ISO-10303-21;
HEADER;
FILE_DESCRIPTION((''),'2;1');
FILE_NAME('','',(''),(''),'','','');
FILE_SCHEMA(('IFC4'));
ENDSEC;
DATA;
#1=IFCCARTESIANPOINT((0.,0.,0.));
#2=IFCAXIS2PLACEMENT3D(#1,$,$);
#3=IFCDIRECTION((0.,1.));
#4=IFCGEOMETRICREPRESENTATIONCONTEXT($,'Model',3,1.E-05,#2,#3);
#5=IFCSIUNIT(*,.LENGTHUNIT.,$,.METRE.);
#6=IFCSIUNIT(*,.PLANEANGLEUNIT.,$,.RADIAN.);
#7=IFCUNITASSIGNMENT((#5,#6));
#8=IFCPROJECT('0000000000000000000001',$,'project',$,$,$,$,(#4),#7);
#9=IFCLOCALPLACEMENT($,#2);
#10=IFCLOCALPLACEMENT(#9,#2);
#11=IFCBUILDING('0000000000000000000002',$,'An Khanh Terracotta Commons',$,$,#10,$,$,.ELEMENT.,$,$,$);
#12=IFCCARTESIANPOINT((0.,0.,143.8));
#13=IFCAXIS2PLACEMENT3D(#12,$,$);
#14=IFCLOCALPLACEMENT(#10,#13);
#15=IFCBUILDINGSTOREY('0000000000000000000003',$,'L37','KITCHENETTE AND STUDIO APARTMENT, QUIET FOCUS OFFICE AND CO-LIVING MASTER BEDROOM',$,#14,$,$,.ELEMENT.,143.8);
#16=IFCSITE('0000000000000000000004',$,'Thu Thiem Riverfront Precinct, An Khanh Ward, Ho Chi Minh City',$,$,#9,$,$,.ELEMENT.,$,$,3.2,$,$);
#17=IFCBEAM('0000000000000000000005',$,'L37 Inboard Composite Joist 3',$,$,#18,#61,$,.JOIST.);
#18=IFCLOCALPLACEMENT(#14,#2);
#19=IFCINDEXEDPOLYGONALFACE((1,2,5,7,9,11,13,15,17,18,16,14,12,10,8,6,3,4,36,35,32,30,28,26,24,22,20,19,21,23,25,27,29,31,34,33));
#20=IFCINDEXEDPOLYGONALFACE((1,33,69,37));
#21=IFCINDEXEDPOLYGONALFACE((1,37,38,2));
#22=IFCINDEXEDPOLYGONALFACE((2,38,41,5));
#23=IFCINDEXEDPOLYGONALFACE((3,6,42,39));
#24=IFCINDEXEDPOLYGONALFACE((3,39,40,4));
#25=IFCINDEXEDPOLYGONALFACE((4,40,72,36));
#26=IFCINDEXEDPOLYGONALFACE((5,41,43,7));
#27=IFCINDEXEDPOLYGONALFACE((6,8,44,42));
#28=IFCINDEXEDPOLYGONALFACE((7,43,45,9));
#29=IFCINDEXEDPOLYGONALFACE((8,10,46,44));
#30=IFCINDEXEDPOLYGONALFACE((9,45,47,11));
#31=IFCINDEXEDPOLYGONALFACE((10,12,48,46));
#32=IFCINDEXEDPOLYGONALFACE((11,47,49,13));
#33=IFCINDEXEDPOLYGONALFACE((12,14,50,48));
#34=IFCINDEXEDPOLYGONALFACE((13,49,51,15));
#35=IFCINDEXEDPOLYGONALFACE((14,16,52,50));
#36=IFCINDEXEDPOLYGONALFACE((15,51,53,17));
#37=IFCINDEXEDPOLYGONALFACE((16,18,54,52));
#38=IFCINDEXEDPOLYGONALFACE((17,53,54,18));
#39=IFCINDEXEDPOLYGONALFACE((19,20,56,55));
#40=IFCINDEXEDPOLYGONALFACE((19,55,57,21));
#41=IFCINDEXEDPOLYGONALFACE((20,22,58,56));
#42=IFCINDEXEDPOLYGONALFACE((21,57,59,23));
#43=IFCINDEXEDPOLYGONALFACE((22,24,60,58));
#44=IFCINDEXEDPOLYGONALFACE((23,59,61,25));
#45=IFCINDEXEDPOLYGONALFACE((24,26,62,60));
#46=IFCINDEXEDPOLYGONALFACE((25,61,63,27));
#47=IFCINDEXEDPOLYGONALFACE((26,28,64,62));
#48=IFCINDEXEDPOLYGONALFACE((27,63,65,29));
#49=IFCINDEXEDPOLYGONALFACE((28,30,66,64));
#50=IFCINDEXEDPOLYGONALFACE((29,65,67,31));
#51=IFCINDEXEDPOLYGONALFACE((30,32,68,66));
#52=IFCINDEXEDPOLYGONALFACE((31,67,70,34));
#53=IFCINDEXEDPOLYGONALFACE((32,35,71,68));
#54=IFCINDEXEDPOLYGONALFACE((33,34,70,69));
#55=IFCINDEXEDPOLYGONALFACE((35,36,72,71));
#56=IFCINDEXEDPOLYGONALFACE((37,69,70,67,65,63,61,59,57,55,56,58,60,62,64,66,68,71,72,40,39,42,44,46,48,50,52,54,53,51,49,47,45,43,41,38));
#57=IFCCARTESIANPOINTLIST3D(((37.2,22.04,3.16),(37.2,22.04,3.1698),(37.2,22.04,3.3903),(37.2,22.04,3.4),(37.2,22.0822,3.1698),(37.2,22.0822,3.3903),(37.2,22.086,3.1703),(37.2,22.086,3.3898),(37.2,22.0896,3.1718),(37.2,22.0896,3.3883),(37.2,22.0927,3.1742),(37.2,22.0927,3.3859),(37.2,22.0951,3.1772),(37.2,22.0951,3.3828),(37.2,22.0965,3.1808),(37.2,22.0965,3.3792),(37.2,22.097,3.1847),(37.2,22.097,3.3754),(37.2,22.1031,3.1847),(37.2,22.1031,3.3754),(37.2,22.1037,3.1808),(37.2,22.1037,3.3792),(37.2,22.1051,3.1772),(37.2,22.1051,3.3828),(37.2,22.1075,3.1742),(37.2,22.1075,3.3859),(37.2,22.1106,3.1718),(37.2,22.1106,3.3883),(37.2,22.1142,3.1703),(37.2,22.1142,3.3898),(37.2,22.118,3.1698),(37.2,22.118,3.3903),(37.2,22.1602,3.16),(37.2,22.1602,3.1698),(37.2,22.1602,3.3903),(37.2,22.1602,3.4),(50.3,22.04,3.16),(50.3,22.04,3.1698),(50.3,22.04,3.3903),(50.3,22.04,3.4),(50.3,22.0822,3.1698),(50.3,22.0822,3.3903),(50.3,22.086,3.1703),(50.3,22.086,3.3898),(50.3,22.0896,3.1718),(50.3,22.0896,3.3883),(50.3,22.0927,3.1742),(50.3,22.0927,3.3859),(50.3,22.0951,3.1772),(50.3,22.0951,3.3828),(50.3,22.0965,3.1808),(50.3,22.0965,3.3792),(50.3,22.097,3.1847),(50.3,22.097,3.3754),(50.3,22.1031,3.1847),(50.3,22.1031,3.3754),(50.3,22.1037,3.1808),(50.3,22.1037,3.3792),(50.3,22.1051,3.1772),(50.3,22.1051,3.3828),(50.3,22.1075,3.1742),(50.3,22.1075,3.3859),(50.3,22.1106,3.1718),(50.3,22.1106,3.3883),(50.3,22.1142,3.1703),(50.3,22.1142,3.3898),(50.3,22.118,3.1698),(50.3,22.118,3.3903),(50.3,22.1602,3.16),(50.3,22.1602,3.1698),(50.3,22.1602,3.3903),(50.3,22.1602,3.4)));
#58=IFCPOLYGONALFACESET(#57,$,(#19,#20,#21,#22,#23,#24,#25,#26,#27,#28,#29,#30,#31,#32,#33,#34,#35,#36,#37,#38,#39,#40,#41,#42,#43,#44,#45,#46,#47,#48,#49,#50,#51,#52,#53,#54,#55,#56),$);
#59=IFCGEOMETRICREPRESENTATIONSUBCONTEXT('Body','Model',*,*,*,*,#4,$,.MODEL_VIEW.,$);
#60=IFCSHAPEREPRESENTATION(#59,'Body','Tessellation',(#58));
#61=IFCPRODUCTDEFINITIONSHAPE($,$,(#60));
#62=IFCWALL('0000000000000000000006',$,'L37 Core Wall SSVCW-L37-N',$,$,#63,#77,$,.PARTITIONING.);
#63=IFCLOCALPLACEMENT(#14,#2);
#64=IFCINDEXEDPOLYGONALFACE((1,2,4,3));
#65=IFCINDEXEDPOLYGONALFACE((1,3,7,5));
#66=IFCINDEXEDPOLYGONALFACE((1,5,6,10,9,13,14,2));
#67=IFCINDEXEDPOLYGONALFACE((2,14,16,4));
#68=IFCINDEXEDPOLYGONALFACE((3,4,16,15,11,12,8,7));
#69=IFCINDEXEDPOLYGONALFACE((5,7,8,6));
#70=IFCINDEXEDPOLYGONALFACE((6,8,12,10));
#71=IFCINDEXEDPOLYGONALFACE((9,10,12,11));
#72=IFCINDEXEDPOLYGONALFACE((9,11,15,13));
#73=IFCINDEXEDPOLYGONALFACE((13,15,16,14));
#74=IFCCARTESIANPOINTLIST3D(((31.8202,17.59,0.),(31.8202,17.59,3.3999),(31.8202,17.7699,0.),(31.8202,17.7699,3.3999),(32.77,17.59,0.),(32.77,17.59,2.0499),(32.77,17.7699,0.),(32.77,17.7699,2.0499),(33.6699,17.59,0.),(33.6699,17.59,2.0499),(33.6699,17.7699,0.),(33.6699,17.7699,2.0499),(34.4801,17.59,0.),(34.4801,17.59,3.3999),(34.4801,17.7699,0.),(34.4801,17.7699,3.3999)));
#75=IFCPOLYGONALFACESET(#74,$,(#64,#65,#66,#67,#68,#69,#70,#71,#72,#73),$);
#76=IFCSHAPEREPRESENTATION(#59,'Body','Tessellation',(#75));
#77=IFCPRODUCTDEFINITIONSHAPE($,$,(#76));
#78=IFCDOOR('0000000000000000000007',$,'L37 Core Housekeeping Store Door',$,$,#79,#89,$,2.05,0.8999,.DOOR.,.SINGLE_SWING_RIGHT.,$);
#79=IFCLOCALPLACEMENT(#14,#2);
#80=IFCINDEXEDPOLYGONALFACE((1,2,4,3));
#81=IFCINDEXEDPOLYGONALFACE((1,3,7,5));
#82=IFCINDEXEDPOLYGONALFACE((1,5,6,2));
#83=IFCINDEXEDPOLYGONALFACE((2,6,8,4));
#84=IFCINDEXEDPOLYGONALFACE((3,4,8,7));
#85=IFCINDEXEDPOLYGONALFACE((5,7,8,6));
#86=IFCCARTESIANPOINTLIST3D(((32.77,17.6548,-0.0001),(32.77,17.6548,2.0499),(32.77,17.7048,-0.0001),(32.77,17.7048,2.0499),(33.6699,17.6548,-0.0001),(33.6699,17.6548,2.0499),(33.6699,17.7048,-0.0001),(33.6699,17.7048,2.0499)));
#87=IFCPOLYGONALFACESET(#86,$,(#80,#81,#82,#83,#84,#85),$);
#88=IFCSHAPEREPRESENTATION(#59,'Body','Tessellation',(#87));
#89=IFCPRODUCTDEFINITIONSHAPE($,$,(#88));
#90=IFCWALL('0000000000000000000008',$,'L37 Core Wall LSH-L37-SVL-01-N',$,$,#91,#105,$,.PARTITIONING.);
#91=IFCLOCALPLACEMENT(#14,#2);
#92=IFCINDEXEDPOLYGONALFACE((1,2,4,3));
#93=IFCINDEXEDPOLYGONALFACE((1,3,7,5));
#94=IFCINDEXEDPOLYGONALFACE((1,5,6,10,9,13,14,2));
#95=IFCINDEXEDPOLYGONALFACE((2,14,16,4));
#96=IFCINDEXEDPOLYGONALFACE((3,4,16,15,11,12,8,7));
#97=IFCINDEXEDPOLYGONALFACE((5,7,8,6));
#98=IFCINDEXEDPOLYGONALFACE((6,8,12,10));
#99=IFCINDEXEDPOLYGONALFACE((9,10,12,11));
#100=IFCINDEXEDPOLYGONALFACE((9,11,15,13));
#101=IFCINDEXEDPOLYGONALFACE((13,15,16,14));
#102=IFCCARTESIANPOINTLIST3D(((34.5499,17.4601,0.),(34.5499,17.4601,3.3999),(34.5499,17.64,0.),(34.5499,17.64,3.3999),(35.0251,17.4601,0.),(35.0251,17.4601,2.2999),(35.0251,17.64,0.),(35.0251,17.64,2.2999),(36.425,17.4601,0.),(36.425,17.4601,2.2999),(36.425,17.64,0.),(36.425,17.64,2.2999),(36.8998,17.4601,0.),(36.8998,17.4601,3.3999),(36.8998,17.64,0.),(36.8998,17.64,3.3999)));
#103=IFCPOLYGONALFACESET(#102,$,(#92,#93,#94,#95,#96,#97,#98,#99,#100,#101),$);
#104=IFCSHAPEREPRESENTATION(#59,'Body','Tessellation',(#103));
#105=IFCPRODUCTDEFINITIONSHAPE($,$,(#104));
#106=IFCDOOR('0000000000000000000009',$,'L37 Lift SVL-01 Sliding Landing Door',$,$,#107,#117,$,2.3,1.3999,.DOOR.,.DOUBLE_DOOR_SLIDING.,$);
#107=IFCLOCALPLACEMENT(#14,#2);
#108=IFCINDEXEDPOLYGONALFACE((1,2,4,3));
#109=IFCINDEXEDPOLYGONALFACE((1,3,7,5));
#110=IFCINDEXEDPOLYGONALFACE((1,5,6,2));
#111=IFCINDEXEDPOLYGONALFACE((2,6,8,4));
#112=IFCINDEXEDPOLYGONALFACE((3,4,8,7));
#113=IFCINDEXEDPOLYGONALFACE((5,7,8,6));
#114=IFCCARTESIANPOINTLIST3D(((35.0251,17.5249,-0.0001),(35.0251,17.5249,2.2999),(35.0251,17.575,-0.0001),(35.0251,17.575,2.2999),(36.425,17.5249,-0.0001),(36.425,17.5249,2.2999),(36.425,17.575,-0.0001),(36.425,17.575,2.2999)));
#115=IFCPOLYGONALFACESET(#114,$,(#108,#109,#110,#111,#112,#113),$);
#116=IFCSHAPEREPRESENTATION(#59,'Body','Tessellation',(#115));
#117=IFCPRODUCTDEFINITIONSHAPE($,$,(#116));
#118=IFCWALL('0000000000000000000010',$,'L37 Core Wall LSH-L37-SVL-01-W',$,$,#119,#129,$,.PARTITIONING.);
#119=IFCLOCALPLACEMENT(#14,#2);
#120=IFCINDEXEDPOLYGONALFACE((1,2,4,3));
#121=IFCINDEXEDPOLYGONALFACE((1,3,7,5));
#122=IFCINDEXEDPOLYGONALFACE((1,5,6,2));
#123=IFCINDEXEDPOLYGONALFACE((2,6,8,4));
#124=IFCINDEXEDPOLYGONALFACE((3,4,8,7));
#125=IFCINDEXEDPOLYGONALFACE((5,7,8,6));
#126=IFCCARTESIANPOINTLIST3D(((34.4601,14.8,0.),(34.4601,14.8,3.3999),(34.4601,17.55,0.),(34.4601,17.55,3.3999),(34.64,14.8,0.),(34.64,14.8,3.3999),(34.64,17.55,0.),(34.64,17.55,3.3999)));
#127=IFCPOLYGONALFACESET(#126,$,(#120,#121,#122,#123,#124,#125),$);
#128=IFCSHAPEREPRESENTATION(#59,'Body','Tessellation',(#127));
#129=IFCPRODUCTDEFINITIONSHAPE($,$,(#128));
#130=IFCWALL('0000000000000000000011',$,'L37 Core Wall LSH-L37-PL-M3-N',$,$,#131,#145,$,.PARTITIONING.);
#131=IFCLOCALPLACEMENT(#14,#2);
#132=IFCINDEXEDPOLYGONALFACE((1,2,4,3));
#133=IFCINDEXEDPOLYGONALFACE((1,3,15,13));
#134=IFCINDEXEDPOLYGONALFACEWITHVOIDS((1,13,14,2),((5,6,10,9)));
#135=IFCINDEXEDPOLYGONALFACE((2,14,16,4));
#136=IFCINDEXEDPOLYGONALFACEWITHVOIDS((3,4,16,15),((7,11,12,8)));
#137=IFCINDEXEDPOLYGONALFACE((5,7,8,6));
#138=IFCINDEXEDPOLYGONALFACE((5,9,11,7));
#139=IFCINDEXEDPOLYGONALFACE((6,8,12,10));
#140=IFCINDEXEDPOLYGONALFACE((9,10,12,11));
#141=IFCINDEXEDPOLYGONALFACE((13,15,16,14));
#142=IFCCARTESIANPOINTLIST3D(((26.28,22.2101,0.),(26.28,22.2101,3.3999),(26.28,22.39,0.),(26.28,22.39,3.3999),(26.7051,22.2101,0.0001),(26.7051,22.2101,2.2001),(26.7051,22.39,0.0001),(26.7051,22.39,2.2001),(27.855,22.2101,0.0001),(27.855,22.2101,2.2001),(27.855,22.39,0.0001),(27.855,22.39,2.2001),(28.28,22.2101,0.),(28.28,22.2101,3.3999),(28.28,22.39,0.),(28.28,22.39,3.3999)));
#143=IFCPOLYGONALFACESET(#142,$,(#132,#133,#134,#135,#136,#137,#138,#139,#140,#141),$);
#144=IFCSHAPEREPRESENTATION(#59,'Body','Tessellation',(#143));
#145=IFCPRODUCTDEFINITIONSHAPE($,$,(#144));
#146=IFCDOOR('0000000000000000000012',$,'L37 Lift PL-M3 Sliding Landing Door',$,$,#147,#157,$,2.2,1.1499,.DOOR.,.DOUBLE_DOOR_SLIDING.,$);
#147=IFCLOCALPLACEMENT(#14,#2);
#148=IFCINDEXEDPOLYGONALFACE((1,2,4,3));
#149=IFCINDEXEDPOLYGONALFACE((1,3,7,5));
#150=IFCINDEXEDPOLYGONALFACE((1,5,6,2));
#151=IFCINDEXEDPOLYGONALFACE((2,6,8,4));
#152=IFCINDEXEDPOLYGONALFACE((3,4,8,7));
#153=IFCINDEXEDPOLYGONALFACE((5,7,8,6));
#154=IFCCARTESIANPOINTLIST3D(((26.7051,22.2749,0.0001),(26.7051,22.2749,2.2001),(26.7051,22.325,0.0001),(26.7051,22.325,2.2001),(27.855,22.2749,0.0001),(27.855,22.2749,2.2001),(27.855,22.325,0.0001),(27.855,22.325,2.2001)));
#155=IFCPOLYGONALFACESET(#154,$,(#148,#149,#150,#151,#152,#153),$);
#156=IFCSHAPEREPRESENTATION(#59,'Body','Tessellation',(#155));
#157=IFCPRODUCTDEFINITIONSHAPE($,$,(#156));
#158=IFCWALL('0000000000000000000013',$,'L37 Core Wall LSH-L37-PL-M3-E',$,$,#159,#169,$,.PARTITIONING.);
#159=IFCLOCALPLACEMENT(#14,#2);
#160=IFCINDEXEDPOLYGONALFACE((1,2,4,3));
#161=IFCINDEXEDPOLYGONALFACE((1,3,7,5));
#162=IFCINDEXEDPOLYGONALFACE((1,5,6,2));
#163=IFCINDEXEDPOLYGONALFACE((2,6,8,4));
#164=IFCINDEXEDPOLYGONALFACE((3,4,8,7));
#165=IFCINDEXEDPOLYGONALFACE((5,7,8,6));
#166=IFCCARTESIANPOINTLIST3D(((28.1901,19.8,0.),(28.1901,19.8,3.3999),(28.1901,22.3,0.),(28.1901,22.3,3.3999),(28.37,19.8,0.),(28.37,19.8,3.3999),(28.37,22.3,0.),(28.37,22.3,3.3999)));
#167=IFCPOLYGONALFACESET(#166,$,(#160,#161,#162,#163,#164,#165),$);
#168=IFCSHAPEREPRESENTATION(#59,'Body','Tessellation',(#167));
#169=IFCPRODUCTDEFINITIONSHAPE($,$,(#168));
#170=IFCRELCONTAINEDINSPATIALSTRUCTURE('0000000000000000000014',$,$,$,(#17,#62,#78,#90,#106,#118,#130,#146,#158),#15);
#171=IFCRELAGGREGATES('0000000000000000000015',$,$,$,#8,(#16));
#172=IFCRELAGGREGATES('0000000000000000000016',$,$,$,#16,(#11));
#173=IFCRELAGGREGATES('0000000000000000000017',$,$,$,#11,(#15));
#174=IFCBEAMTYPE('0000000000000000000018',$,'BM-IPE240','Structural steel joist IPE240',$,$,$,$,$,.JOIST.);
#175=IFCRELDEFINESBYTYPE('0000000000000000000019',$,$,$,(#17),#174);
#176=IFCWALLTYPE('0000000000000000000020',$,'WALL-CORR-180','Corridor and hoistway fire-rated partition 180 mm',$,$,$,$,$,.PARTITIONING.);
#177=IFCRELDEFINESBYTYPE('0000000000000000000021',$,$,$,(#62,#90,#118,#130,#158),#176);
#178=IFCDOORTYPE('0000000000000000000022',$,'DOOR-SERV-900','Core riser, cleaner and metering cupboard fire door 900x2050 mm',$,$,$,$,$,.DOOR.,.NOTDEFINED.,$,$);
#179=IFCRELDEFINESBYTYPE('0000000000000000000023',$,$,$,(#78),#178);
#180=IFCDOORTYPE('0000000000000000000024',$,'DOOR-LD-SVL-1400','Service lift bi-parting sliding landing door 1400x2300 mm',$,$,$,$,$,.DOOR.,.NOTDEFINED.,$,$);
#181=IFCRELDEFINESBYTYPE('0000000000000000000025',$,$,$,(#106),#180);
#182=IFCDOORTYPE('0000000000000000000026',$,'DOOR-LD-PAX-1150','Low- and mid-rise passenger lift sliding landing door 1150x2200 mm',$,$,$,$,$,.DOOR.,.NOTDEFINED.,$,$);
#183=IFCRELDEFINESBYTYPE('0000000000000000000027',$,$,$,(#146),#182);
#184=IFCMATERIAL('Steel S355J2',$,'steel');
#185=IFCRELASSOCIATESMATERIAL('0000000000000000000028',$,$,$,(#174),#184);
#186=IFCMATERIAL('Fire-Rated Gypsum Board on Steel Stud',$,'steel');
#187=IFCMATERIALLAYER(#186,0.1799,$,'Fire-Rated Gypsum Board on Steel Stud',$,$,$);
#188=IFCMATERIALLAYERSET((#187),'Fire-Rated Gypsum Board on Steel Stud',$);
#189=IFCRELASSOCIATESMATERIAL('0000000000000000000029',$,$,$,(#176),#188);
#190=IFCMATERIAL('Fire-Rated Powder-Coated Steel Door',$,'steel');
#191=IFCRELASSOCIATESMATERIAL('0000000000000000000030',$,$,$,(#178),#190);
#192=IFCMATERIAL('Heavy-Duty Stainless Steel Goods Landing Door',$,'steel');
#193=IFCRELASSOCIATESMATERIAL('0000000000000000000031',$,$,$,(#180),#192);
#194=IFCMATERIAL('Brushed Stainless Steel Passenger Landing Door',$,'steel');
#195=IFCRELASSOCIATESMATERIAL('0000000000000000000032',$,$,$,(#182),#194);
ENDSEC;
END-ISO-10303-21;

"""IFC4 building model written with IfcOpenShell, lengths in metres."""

from ifc_helpers import new_model, si_unit, direction, frame, frame_2d, origin, origin_2d, place, context, subcontext, project, spatial, rectangle, i_section, extrude, material, layer, layer_set, material_profile, profile_set, type_object, element, fill, save


model = new_model("IFC4")

# Units and contexts
model_context = context("Model", 3, precision=1e-05, world=origin(), true_north=direction((0.0, 1.0)))
body_context = subcontext(model_context, "Body", "Model", "MODEL_VIEW")
ifc_project = project(units=[si_unit("LENGTHUNIT", "METRE"), si_unit("PLANEANGLEUNIT", "RADIAN")], contexts=[model_context])

# Site, building, storey
site_placement = place(None, origin())
site = spatial("IfcSite", under=ifc_project, at=site_placement, Name="Thu Thiem Riverfront Precinct, An Khanh Ward, Ho Chi Minh City", CompositionType="ELEMENT", RefElevation=3.2)
building_placement = place(site_placement, origin())
building = spatial("IfcBuilding", under=site, at=building_placement, Name="An Khanh Terracotta Commons", CompositionType="ELEMENT")
storey_placement = place(building_placement, frame((0.0, 0.0, 143.8)))
storey = spatial("IfcBuildingStorey", under=building, at=storey_placement, Name="L37", Description="KITCHENETTE AND STUDIO APARTMENT, QUIET FOCUS OFFICE AND CO-LIVING MASTER BEDROOM", CompositionType="ELEMENT", Elevation=143.8)

# Beam
ifc_material_1 = material(Name="Steel S355J2", Category="steel")
ifc_material_profile_1 = material_profile(ifc_material_1, i_section(OverallWidth=0.1201, OverallDepth=0.24, WebThickness=0.0061, FlangeThickness=0.0098, FilletRadius=0.0149, at=origin_2d()), Name="IPE240")
ifc_profile_set_1 = profile_set([ifc_material_profile_1], Name="Steel S355J2")
beam_type_1 = type_object("IfcBeamType", Name="BM-IPE240", Description="Structural steel joist IPE240", PredefinedType="JOIST", material=ifc_profile_set_1)
for number, where, z_axis, x_axis, name in (
    (1, (37.2, 22.1001, 3.28), (1.0, 0.0, 0.0), (0.0, 1.0, 0.0), "L37 Inboard Composite Joist 3"),
):
    element("IfcBeam", number, at=place(storey_placement, frame(where, z_axis=z_axis, x_axis=x_axis)), inside=storey, type_object=beam_type_1, Name=name, PredefinedType="JOIST", context=body_context, shape_type="SweptSolid", body=[
        extrude(i_section(OverallWidth=0.1201, OverallDepth=0.24, WebThickness=0.0061, FlangeThickness=0.0098, FilletRadius=0.0149, at=origin_2d()), origin(), (0.0, 0.0, 1.0), 13.1001),
    ])

# Walls, openings, doors
ifc_material_2 = material(Name="Fire-Rated Gypsum Board on Steel Stud", Category="steel")
ifc_layer = layer(ifc_material_2, 0.1799, Name="Fire-Rated Gypsum Board on Steel Stud")
ifc_layer_set = layer_set([ifc_layer], Name="Fire-Rated Gypsum Board on Steel Stud")
wall_type = type_object("IfcWallType", Name="WALL-CORR-180", Description="Corridor and hoistway fire-rated partition 180 mm", PredefinedType="PARTITIONING", material=ifc_layer_set)
wall_1_placement = place(storey_placement, frame((31.8201, 17.6799, 0.0), z_axis=(0.0, 0.0, 1.0), x_axis=(1.0, 0.0, 0.0)))
wall_1 = element("IfcWall", 2, at=wall_1_placement, inside=storey, type_object=wall_type, Name="L37 Core Wall SSVCW-L37-N", PredefinedType="PARTITIONING", context=body_context, shape_type="SweptSolid", body=[
    extrude(rectangle(XDim=2.6599, YDim=0.1799, at=frame_2d((1.3301, 0.0))), origin(), (0.0, 0.0, 1.0), 3.3999),
])
opening_1_placement = place(wall_1_placement, frame((0.95, 0.0, 0.0)))
opening_1 = element("IfcOpeningElement", 3, at=opening_1_placement, cuts=wall_1, PredefinedType="OPENING", context=body_context, shape_type="SweptSolid", body=[
    extrude(rectangle(XDim=0.8999, YDim=2.05, at=frame_2d((0.45, 1.0249))), frame((0.0, 0.0999, 0.0), z_axis=(0.0, -1.0, 0.0), x_axis=(1.0, 0.0, 0.0)), (0.0, 0.0, 1.0), 0.2),
])
ifc_material_3 = material(Name="Fire-Rated Powder-Coated Steel Door", Category="steel")
door_type_1 = type_object("IfcDoorType", Name="DOOR-SERV-900", Description="Core riser, cleaner and metering cupboard fire door 900x2050 mm", OperationType="NOTDEFINED", PredefinedType="DOOR", material=ifc_material_3)
door_1_placement = place(opening_1_placement, origin())
door_1 = element("IfcDoor", 4, at=door_1_placement, inside=storey, type_object=door_type_1, Name="L37 Core Housekeeping Store Door", OperationType="SINGLE_SWING_RIGHT", OverallHeight=2.05, OverallWidth=0.8999, PredefinedType="DOOR", context=body_context, shape_type="SweptSolid", body=[
    extrude(rectangle(XDim=0.8999, YDim=2.05, at=frame_2d((0.45, 1.0249))), frame((0.0, 0.0249, 0.0), z_axis=(0.0, -1.0, 0.0), x_axis=(1.0, 0.0, 0.0)), (0.0, 0.0, 1.0), 0.05),
])
fill(opening_1, door_1)
wall_2_placement = place(storey_placement, frame((34.55, 17.55, 0.0), z_axis=(0.0, 0.0, 1.0), x_axis=(1.0, 0.0, 0.0)))
wall_2 = element("IfcWall", 5, at=wall_2_placement, inside=storey, type_object=wall_type, Name="L37 Core Wall LSH-L37-SVL-01-N", PredefinedType="PARTITIONING", context=body_context, shape_type="SweptSolid", body=[
    extrude(rectangle(XDim=2.3499, YDim=0.1799, at=frame_2d((1.1748, 0.0))), origin(), (0.0, 0.0, 1.0), 3.3999),
])
opening_2_placement = place(wall_2_placement, frame((0.4751, 0.0, 0.0)))
opening_2 = element("IfcOpeningElement", 6, at=opening_2_placement, cuts=wall_2, PredefinedType="OPENING", context=body_context, shape_type="SweptSolid", body=[
    extrude(rectangle(XDim=1.3999, YDim=2.3, at=frame_2d((0.7, 1.1499))), frame((0.0, 0.0999, 0.0), z_axis=(0.0, -1.0, 0.0), x_axis=(1.0, 0.0, 0.0)), (0.0, 0.0, 1.0), 0.2),
])
ifc_material_4 = material(Name="Heavy-Duty Stainless Steel Goods Landing Door", Category="steel")
door_type_2 = type_object("IfcDoorType", Name="DOOR-LD-SVL-1400", Description="Service lift bi-parting sliding landing door 1400x2300 mm", OperationType="NOTDEFINED", PredefinedType="DOOR", material=ifc_material_4)
door_2_placement = place(opening_2_placement, origin())
door_2 = element("IfcDoor", 7, at=door_2_placement, inside=storey, type_object=door_type_2, Name="L37 Lift SVL-01 Sliding Landing Door", OperationType="DOUBLE_DOOR_SLIDING", OverallHeight=2.3, OverallWidth=1.3999, PredefinedType="DOOR", context=body_context, shape_type="SweptSolid", body=[
    extrude(rectangle(XDim=1.3999, YDim=2.3, at=frame_2d((0.7, 1.1499))), frame((0.0, 0.0249, 0.0), z_axis=(0.0, -1.0, 0.0), x_axis=(1.0, 0.0, 0.0)), (0.0, 0.0, 1.0), 0.05),
])
fill(opening_2, door_2)

# Wall
wall_3_placement = place(storey_placement, frame((34.55, 17.55, 0.0), z_axis=(0.0, 0.0, 1.0), x_axis=(0.0, -1.0, 0.0)))
element("IfcWall", 8, at=wall_3_placement, inside=storey, type_object=wall_type, Name="L37 Core Wall LSH-L37-SVL-01-W", PredefinedType="PARTITIONING", context=body_context, shape_type="SweptSolid", body=[
    extrude(rectangle(XDim=2.75, YDim=0.1799, at=frame_2d((1.375, 0.0))), origin(), (0.0, 0.0, 1.0), 3.3999),
])

# Wall, opening, door
wall_4_placement = place(storey_placement, frame((26.28, 22.3, 0.0), z_axis=(0.0, 0.0, 1.0), x_axis=(1.0, 0.0, 0.0)))
wall_4 = element("IfcWall", 9, at=wall_4_placement, inside=storey, type_object=wall_type, Name="L37 Core Wall LSH-L37-PL-M3-N", PredefinedType="PARTITIONING", context=body_context, shape_type="SweptSolid", body=[
    extrude(rectangle(XDim=2.0, YDim=0.1799, at=frame_2d((1.0, 0.0))), origin(), (0.0, 0.0, 1.0), 3.3999),
])
opening_3_placement = place(wall_4_placement, frame((0.425, 0.0, 0.0)))
opening_3 = element("IfcOpeningElement", 10, at=opening_3_placement, cuts=wall_4, PredefinedType="OPENING", context=body_context, shape_type="SweptSolid", body=[
    extrude(rectangle(XDim=1.1499, YDim=2.2, at=frame_2d((0.575, 1.1001))), frame((0.0, 0.0999, 0.0), z_axis=(0.0, -1.0, 0.0), x_axis=(1.0, 0.0, 0.0)), (0.0, 0.0, 1.0), 0.2),
])
ifc_material_5 = material(Name="Brushed Stainless Steel Passenger Landing Door", Category="steel")
door_type_3 = type_object("IfcDoorType", Name="DOOR-LD-PAX-1150", Description="Low- and mid-rise passenger lift sliding landing door 1150x2200 mm", OperationType="NOTDEFINED", PredefinedType="DOOR", material=ifc_material_5)
door_3_placement = place(opening_3_placement, origin())
door_3 = element("IfcDoor", 11, at=door_3_placement, inside=storey, type_object=door_type_3, Name="L37 Lift PL-M3 Sliding Landing Door", OperationType="DOUBLE_DOOR_SLIDING", OverallHeight=2.2, OverallWidth=1.1499, PredefinedType="DOOR", context=body_context, shape_type="SweptSolid", body=[
    extrude(rectangle(XDim=1.1499, YDim=2.2, at=frame_2d((0.575, 1.1001))), frame((0.0, 0.0249, 0.0), z_axis=(0.0, -1.0, 0.0), x_axis=(1.0, 0.0, 0.0)), (0.0, 0.0, 1.0), 0.05),
])
fill(opening_3, door_3)

# Wall
wall_5_placement = place(storey_placement, frame((28.28, 19.8, 0.0), z_axis=(0.0, 0.0, 1.0), x_axis=(0.0, 1.0, 0.0)))
element("IfcWall", 12, at=wall_5_placement, inside=storey, type_object=wall_type, Name="L37 Core Wall LSH-L37-PL-M3-E", PredefinedType="PARTITIONING", context=body_context, shape_type="SweptSolid", body=[
    extrude(rectangle(XDim=2.5, YDim=0.1799, at=frame_2d((1.25, 0.0))), origin(), (0.0, 0.0, 1.0), 3.3999),
])

save(model, "model.ifc")
